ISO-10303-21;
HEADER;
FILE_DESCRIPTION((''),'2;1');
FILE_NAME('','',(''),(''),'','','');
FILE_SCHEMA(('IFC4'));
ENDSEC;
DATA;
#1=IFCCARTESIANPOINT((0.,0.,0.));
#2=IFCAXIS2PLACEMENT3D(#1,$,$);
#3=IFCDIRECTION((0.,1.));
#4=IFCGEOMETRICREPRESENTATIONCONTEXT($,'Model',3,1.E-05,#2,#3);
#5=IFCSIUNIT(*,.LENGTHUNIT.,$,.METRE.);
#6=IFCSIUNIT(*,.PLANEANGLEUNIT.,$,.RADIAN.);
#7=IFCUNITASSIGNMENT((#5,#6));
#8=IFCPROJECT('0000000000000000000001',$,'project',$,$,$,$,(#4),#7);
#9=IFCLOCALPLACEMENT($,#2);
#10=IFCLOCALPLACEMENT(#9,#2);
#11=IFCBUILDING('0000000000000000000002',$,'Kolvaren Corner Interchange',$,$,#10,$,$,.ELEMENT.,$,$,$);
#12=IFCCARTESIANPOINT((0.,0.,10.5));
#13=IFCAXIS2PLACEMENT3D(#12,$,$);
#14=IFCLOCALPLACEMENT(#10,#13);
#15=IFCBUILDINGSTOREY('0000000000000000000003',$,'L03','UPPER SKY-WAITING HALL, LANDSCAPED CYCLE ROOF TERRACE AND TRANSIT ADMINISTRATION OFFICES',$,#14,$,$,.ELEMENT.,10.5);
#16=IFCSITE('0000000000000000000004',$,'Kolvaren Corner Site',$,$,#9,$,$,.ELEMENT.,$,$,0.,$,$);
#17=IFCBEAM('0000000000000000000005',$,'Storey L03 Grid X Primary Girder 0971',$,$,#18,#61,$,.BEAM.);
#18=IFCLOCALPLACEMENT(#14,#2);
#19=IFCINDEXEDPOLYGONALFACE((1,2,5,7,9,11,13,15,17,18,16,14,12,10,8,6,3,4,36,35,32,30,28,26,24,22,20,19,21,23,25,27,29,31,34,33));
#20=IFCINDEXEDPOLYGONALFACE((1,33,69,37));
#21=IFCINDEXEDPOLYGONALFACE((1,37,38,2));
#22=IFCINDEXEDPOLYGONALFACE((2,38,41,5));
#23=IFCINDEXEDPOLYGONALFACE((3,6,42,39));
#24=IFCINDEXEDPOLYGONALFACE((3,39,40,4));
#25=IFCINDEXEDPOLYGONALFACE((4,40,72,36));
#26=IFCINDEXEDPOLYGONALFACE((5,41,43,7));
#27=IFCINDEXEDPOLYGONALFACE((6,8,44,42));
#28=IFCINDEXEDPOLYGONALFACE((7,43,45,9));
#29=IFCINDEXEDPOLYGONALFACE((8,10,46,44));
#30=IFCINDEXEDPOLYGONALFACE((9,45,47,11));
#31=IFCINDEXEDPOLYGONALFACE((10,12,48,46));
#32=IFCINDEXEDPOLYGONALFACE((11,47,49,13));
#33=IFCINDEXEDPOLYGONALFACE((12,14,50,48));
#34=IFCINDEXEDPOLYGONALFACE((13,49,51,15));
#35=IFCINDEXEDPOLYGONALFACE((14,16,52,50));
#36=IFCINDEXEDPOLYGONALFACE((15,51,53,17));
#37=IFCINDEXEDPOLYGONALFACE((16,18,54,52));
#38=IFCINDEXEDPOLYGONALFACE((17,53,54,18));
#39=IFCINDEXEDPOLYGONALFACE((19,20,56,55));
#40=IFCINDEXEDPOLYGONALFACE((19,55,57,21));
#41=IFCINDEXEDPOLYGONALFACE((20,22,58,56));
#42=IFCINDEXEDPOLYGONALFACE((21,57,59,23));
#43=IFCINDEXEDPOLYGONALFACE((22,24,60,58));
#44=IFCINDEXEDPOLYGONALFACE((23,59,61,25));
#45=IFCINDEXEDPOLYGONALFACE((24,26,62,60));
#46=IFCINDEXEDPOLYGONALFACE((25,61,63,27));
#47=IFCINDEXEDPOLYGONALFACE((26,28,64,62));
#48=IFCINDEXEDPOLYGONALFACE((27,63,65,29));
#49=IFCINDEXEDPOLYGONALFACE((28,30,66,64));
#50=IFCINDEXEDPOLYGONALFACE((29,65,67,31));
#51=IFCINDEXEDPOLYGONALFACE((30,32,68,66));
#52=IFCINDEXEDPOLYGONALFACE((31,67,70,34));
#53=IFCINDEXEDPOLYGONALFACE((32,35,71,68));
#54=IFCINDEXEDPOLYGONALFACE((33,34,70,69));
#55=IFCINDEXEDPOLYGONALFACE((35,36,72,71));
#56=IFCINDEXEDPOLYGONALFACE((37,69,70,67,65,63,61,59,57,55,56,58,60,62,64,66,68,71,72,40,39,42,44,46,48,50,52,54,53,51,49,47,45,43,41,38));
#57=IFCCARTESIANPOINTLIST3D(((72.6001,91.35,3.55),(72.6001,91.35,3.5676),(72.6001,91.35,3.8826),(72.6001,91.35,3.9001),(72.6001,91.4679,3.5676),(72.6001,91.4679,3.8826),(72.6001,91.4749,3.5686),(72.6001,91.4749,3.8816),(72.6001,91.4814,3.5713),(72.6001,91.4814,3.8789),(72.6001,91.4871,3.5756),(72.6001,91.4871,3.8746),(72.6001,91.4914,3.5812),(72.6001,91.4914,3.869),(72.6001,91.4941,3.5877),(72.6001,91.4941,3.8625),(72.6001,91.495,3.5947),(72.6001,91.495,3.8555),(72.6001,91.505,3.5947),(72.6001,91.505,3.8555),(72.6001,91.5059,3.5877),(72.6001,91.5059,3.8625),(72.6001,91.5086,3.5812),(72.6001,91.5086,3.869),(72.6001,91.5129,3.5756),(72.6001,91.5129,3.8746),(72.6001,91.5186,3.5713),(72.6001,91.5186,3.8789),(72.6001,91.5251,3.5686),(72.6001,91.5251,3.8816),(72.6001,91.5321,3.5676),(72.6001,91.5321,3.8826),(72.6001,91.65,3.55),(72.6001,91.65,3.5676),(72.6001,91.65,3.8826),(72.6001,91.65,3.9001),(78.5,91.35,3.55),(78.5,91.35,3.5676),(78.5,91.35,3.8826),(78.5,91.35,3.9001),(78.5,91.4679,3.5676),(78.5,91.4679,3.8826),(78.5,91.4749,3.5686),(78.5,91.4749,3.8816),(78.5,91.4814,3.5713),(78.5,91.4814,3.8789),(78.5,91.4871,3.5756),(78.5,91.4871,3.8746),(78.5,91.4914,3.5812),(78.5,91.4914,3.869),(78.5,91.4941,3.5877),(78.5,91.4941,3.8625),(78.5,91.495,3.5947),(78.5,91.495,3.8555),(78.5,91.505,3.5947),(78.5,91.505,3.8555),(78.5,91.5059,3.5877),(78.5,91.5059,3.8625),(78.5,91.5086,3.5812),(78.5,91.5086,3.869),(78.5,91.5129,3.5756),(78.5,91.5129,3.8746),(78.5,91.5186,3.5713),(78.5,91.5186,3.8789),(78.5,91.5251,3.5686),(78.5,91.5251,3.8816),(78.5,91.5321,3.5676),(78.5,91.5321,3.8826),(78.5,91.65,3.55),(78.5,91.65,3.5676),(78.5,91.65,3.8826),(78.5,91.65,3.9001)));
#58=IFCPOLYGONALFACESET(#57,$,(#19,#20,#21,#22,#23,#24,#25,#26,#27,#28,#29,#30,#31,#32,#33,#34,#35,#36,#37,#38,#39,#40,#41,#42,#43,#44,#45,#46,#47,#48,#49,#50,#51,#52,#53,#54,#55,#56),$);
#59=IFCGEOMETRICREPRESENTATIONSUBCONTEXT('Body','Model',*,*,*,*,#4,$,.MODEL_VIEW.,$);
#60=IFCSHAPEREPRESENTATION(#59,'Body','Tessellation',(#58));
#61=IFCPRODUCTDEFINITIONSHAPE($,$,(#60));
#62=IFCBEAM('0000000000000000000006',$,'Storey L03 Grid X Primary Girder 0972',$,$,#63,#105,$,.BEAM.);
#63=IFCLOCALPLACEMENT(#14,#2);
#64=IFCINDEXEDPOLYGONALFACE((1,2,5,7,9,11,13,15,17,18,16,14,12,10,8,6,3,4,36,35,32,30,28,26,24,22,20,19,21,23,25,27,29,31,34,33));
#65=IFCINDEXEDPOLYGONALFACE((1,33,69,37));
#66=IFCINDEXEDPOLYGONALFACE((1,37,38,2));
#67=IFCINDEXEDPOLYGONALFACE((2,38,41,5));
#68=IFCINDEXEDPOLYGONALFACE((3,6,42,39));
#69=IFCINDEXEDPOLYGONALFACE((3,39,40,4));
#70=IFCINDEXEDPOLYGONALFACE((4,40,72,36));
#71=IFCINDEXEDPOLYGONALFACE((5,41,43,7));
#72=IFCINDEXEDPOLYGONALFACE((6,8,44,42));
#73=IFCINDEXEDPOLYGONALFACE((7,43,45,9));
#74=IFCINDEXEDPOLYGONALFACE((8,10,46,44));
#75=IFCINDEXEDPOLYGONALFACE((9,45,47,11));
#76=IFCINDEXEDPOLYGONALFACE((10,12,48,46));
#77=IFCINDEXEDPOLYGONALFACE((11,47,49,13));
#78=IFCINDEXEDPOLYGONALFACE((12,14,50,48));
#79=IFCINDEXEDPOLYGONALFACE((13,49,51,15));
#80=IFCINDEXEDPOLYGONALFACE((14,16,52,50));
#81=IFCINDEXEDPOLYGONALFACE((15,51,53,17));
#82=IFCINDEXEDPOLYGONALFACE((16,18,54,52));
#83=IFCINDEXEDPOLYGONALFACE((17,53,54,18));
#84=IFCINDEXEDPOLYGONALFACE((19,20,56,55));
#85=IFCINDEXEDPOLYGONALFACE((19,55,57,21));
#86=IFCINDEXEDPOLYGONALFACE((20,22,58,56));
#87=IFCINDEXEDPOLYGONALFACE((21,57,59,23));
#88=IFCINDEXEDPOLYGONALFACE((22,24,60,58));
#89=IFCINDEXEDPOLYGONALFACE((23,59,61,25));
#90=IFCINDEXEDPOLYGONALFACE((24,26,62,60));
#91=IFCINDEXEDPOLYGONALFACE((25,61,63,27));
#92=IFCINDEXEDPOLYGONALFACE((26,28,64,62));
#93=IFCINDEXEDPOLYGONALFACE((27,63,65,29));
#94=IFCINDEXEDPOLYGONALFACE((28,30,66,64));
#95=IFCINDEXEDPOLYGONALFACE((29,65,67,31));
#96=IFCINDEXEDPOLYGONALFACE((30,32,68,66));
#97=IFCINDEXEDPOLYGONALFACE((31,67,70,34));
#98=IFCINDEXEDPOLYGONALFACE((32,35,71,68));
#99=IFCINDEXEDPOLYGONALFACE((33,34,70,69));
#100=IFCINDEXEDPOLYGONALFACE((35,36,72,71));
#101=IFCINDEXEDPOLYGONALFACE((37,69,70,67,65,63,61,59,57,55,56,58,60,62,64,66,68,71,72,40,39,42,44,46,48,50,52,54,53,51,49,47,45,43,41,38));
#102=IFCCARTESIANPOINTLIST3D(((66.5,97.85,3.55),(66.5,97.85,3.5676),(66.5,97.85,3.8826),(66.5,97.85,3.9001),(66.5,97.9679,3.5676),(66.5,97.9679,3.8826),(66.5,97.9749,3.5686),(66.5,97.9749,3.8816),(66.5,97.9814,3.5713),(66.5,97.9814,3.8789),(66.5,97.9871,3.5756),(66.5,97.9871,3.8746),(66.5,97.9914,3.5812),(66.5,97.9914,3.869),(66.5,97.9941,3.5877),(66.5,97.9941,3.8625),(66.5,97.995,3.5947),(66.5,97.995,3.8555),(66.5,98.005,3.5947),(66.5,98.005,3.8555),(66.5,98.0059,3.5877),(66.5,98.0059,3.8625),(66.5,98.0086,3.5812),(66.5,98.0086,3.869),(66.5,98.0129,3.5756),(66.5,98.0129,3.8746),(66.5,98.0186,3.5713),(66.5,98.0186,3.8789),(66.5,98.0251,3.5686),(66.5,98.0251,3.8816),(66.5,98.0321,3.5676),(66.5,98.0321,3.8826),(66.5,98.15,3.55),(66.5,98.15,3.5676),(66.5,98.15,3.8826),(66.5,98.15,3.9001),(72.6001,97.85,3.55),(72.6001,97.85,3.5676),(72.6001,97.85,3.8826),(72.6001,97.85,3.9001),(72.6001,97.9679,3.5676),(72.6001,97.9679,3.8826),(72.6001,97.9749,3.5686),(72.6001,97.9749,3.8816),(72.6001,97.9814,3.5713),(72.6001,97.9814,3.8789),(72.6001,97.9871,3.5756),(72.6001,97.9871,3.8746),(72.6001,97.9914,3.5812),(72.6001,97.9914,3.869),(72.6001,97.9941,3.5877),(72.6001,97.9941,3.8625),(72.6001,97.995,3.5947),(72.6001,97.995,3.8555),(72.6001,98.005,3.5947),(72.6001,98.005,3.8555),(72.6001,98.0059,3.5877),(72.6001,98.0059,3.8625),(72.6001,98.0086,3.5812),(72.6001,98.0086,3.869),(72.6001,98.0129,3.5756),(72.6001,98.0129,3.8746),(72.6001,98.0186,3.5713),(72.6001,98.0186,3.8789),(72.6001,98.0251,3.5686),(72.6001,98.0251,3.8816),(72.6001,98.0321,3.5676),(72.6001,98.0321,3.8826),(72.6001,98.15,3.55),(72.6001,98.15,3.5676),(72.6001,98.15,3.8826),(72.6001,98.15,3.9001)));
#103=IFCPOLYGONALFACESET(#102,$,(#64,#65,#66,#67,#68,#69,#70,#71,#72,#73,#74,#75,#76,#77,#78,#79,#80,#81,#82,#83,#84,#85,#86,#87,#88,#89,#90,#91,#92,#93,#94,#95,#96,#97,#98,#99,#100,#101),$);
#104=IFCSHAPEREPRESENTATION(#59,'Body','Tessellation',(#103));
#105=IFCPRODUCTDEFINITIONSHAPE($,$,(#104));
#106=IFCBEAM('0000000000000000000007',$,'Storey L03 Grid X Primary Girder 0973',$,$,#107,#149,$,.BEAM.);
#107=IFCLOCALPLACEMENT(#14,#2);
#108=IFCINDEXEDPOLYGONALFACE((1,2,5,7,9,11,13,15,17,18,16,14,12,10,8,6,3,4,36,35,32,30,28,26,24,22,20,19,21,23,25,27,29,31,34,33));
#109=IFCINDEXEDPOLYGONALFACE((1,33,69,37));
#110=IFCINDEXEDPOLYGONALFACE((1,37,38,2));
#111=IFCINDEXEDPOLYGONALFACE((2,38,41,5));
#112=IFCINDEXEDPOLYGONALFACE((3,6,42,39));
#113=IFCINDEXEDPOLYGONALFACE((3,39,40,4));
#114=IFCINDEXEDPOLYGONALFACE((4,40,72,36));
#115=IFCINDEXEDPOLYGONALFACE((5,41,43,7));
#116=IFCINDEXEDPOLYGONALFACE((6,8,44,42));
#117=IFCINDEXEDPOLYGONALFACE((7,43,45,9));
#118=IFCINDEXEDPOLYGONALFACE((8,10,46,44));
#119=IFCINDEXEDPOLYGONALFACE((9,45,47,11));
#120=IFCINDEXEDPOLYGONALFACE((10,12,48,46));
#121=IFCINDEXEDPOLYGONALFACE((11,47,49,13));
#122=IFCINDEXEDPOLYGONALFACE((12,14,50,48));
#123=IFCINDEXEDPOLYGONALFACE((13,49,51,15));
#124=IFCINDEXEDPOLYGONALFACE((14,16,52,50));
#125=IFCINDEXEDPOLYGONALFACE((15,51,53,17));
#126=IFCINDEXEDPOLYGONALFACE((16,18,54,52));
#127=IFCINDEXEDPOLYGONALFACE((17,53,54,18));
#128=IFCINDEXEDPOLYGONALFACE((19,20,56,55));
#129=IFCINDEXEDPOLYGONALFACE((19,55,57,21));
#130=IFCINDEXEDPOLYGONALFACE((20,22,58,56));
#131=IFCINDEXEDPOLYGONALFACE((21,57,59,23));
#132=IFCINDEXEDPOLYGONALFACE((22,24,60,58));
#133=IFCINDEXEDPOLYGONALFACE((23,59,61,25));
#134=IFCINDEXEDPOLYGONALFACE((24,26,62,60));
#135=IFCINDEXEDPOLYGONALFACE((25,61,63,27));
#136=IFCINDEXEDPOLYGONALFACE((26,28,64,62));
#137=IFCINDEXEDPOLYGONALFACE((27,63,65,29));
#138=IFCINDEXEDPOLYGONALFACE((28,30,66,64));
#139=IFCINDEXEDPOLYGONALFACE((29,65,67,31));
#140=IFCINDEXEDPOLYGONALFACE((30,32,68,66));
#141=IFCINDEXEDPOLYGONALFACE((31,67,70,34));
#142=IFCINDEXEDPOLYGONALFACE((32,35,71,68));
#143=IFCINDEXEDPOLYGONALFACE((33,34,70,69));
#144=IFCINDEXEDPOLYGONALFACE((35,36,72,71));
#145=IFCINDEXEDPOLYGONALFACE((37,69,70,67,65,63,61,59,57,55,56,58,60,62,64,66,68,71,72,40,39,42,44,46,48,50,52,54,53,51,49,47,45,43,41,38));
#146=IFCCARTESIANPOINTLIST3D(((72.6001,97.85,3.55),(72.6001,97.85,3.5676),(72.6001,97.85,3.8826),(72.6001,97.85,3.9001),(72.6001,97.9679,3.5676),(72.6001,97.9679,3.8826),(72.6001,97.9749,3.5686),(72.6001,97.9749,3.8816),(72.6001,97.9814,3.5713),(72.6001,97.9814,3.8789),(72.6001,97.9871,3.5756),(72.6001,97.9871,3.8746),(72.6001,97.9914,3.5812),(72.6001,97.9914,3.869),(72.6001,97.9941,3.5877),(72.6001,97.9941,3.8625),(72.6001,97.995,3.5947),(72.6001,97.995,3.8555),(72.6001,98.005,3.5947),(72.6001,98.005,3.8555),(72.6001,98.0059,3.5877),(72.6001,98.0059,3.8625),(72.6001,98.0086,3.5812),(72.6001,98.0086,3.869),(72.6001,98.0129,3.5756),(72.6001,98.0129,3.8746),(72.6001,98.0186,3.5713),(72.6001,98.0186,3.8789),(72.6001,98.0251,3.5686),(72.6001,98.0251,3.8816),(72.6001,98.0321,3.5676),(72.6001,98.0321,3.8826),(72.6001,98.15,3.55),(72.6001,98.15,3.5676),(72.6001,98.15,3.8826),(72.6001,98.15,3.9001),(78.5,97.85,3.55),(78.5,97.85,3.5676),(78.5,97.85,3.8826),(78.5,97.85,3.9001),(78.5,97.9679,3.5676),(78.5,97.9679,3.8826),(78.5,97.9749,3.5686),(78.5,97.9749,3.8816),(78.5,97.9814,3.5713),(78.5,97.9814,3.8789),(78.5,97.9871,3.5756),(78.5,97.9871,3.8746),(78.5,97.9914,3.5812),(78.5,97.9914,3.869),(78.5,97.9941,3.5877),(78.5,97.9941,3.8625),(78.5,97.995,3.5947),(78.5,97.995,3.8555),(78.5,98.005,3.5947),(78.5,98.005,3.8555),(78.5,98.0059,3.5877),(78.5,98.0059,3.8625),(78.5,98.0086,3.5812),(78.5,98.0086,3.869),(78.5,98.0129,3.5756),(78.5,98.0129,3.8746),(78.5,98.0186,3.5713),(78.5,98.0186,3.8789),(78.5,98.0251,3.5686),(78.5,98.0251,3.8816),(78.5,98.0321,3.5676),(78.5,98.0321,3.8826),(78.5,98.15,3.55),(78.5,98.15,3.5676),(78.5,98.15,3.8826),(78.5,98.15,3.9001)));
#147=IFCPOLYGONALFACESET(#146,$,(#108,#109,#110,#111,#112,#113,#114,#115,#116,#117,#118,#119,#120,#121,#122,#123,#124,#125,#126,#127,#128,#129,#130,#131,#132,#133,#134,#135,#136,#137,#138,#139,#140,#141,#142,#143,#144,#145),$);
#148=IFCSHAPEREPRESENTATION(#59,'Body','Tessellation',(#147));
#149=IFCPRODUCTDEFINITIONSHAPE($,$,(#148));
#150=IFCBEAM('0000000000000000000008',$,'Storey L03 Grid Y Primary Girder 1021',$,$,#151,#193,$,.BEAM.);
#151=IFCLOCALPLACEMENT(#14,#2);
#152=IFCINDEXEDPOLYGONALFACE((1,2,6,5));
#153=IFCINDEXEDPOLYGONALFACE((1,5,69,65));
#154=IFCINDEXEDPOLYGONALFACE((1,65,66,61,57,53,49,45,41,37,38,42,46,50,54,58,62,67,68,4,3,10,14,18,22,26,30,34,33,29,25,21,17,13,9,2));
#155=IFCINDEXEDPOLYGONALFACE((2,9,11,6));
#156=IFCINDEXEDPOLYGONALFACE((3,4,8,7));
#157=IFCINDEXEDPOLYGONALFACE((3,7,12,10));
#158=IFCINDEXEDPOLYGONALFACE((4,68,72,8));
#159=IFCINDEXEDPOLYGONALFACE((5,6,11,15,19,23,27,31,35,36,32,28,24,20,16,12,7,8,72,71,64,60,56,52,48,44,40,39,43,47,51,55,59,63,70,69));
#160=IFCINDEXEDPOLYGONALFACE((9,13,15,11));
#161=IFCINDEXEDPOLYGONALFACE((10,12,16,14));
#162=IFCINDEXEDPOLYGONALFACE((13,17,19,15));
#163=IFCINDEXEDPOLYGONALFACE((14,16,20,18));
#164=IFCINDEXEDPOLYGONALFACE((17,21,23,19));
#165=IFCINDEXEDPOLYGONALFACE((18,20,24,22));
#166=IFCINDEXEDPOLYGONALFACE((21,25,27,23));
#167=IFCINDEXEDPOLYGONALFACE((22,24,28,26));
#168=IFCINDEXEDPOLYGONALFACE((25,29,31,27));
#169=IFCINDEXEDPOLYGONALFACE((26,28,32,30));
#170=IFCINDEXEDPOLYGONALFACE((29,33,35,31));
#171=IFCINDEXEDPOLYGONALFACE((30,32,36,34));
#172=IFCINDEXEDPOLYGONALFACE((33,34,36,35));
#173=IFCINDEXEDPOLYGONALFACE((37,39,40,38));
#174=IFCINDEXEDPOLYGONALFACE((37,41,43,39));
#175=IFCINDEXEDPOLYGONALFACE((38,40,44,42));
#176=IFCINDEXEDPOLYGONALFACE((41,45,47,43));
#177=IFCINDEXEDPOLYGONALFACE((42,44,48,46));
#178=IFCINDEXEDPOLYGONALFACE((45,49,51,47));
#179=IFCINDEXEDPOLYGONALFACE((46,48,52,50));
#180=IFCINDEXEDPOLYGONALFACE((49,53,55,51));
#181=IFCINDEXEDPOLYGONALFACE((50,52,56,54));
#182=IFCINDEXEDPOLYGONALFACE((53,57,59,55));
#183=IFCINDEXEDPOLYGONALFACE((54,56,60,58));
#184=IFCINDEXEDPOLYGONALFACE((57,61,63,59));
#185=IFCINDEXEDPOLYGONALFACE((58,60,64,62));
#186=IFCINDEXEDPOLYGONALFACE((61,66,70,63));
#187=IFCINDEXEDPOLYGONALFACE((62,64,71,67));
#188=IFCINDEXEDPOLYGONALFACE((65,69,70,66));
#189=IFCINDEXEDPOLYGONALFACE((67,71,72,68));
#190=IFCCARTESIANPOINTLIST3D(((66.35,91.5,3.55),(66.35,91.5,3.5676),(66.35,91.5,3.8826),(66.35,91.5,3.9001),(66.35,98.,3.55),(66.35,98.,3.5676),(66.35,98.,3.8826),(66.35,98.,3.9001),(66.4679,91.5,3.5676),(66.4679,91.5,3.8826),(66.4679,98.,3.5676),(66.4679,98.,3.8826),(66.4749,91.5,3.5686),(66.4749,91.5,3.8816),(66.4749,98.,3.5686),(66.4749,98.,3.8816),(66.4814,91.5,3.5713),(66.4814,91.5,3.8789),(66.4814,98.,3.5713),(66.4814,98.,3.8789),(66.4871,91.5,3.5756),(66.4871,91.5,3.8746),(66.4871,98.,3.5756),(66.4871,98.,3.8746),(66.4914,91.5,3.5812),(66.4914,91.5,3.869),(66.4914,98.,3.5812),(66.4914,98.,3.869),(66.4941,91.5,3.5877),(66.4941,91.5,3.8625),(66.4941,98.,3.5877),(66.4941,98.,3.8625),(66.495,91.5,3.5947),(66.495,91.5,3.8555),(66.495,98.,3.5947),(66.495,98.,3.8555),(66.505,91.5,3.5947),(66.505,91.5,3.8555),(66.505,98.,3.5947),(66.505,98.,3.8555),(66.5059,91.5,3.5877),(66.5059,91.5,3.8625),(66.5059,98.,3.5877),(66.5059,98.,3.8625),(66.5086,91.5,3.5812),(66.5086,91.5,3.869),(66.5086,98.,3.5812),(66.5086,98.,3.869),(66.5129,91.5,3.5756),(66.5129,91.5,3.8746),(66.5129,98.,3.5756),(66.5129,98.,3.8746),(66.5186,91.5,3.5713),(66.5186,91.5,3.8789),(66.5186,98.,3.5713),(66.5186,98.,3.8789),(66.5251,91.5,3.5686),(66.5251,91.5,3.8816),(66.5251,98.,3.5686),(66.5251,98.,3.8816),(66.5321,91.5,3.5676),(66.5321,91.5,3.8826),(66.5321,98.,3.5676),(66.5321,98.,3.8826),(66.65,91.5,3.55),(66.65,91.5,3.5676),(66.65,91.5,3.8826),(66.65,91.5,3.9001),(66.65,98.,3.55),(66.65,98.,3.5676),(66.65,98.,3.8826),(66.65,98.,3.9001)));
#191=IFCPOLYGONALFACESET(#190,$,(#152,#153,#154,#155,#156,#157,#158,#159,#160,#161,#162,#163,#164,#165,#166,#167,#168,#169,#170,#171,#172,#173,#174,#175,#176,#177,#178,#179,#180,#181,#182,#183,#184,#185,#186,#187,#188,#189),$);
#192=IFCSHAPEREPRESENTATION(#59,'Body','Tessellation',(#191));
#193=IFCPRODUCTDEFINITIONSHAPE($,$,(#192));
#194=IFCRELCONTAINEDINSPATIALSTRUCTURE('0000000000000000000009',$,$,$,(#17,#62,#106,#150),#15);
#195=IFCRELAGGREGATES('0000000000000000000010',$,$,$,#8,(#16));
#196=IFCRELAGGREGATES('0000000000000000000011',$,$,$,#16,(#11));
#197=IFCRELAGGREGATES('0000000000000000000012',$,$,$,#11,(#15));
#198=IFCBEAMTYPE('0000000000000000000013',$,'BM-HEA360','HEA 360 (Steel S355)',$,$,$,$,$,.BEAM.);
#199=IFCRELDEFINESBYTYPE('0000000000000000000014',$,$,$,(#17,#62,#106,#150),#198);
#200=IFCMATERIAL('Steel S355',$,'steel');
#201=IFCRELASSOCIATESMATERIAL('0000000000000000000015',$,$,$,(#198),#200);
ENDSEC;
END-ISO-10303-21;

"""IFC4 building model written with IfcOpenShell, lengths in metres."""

from ifc_helpers import new_model, si_unit, direction, frame, origin, origin_2d, place, context, subcontext, project, spatial, i_section, extrude, material, material_profile, profile_set, type_object, element, save


model = new_model("IFC4")

# Units and contexts
model_context = context("Model", 3, precision=1e-05, world=origin(), true_north=direction((0.0, 1.0)))
body_context = subcontext(model_context, "Body", "Model", "MODEL_VIEW")
ifc_project = project(units=[si_unit("LENGTHUNIT", "METRE"), si_unit("PLANEANGLEUNIT", "RADIAN")], contexts=[model_context])

# Site, building, storey
site_placement = place(None, origin())
site = spatial("IfcSite", under=ifc_project, at=site_placement, Name="Kolvaren Corner Site", CompositionType="ELEMENT", RefElevation=0.0)
building_placement = place(site_placement, origin())
building = spatial("IfcBuilding", under=site, at=building_placement, Name="Kolvaren Corner Interchange", CompositionType="ELEMENT")
storey_placement = place(building_placement, frame((0.0, 0.0, 10.5)))
storey = spatial("IfcBuildingStorey", under=building, at=storey_placement, Name="L03", Description="UPPER SKY-WAITING HALL, LANDSCAPED CYCLE ROOF TERRACE AND TRANSIT ADMINISTRATION OFFICES", CompositionType="ELEMENT", Elevation=10.5)

# Beams
ifc_material_1 = material(Name="Steel S355", Category="steel")
ifc_material_profile_1 = material_profile(ifc_material_1, i_section(OverallWidth=0.3, OverallDepth=0.3501, WebThickness=0.01, FlangeThickness=0.0176, FilletRadius=0.0271, at=origin_2d()), Name="HEA 360")
ifc_profile_set_1 = profile_set([ifc_material_profile_1], Name="Steel S355")
beam_type_1 = type_object("IfcBeamType", Name="BM-HEA360", Description="HEA 360 (Steel S355)", PredefinedType="BEAM", material=ifc_profile_set_1)
beam_1_placement = place(storey_placement, frame((72.6001, 91.5, 3.7251), z_axis=(1.0, 0.0, 0.0), x_axis=(0.0, 1.0, 0.0)))
element("IfcBeam", 1, at=beam_1_placement, inside=storey, type_object=beam_type_1, Name="Storey L03 Grid X Primary Girder 0971", PredefinedType="BEAM", context=body_context, shape_type="SweptSolid", body=[
    extrude(i_section(OverallWidth=0.3, OverallDepth=0.3501, WebThickness=0.01, FlangeThickness=0.0176, FilletRadius=0.0271, at=origin_2d()), origin(), (0.0, 0.0, 1.0), 5.8999),
])
beam_2_placement = place(storey_placement, frame((66.5, 98.0, 3.7251), z_axis=(1.0, 0.0, 0.0), x_axis=(0.0, 1.0, 0.0)))
element("IfcBeam", 2, at=beam_2_placement, inside=storey, type_object=beam_type_1, Name="Storey L03 Grid X Primary Girder 0972", PredefinedType="BEAM", context=body_context, shape_type="SweptSolid", body=[
    extrude(i_section(OverallWidth=0.3, OverallDepth=0.3501, WebThickness=0.01, FlangeThickness=0.0176, FilletRadius=0.0271, at=origin_2d()), origin(), (0.0, 0.0, 1.0), 6.1001),
])
beam_3_placement = place(storey_placement, frame((72.6001, 98.0, 3.7251), z_axis=(1.0, 0.0, 0.0), x_axis=(0.0, 1.0, 0.0)))
element("IfcBeam", 3, at=beam_3_placement, inside=storey, type_object=beam_type_1, Name="Storey L03 Grid X Primary Girder 0973", PredefinedType="BEAM", context=body_context, shape_type="SweptSolid", body=[
    extrude(i_section(OverallWidth=0.3, OverallDepth=0.3501, WebThickness=0.01, FlangeThickness=0.0176, FilletRadius=0.0271, at=origin_2d()), origin(), (0.0, 0.0, 1.0), 5.8999),
])
for number, where, z_axis, x_axis, name in (
    (4, (66.5, 91.5, 3.7251), (0.0, 1.0, 0.0), (-1.0, 0.0, 0.0), "Storey L03 Grid Y Primary Girder 1021"),
):
    element("IfcBeam", number, at=place(storey_placement, frame(where, z_axis=z_axis, x_axis=x_axis)), inside=storey, type_object=beam_type_1, Name=name, PredefinedType="BEAM", context=body_context, shape_type="SweptSolid", body=[
        extrude(i_section(OverallWidth=0.3, OverallDepth=0.3501, WebThickness=0.01, FlangeThickness=0.0176, FilletRadius=0.0271, at=origin_2d()), origin(), (0.0, 0.0, 1.0), 6.5),
    ])

save(model, "model.ifc")
